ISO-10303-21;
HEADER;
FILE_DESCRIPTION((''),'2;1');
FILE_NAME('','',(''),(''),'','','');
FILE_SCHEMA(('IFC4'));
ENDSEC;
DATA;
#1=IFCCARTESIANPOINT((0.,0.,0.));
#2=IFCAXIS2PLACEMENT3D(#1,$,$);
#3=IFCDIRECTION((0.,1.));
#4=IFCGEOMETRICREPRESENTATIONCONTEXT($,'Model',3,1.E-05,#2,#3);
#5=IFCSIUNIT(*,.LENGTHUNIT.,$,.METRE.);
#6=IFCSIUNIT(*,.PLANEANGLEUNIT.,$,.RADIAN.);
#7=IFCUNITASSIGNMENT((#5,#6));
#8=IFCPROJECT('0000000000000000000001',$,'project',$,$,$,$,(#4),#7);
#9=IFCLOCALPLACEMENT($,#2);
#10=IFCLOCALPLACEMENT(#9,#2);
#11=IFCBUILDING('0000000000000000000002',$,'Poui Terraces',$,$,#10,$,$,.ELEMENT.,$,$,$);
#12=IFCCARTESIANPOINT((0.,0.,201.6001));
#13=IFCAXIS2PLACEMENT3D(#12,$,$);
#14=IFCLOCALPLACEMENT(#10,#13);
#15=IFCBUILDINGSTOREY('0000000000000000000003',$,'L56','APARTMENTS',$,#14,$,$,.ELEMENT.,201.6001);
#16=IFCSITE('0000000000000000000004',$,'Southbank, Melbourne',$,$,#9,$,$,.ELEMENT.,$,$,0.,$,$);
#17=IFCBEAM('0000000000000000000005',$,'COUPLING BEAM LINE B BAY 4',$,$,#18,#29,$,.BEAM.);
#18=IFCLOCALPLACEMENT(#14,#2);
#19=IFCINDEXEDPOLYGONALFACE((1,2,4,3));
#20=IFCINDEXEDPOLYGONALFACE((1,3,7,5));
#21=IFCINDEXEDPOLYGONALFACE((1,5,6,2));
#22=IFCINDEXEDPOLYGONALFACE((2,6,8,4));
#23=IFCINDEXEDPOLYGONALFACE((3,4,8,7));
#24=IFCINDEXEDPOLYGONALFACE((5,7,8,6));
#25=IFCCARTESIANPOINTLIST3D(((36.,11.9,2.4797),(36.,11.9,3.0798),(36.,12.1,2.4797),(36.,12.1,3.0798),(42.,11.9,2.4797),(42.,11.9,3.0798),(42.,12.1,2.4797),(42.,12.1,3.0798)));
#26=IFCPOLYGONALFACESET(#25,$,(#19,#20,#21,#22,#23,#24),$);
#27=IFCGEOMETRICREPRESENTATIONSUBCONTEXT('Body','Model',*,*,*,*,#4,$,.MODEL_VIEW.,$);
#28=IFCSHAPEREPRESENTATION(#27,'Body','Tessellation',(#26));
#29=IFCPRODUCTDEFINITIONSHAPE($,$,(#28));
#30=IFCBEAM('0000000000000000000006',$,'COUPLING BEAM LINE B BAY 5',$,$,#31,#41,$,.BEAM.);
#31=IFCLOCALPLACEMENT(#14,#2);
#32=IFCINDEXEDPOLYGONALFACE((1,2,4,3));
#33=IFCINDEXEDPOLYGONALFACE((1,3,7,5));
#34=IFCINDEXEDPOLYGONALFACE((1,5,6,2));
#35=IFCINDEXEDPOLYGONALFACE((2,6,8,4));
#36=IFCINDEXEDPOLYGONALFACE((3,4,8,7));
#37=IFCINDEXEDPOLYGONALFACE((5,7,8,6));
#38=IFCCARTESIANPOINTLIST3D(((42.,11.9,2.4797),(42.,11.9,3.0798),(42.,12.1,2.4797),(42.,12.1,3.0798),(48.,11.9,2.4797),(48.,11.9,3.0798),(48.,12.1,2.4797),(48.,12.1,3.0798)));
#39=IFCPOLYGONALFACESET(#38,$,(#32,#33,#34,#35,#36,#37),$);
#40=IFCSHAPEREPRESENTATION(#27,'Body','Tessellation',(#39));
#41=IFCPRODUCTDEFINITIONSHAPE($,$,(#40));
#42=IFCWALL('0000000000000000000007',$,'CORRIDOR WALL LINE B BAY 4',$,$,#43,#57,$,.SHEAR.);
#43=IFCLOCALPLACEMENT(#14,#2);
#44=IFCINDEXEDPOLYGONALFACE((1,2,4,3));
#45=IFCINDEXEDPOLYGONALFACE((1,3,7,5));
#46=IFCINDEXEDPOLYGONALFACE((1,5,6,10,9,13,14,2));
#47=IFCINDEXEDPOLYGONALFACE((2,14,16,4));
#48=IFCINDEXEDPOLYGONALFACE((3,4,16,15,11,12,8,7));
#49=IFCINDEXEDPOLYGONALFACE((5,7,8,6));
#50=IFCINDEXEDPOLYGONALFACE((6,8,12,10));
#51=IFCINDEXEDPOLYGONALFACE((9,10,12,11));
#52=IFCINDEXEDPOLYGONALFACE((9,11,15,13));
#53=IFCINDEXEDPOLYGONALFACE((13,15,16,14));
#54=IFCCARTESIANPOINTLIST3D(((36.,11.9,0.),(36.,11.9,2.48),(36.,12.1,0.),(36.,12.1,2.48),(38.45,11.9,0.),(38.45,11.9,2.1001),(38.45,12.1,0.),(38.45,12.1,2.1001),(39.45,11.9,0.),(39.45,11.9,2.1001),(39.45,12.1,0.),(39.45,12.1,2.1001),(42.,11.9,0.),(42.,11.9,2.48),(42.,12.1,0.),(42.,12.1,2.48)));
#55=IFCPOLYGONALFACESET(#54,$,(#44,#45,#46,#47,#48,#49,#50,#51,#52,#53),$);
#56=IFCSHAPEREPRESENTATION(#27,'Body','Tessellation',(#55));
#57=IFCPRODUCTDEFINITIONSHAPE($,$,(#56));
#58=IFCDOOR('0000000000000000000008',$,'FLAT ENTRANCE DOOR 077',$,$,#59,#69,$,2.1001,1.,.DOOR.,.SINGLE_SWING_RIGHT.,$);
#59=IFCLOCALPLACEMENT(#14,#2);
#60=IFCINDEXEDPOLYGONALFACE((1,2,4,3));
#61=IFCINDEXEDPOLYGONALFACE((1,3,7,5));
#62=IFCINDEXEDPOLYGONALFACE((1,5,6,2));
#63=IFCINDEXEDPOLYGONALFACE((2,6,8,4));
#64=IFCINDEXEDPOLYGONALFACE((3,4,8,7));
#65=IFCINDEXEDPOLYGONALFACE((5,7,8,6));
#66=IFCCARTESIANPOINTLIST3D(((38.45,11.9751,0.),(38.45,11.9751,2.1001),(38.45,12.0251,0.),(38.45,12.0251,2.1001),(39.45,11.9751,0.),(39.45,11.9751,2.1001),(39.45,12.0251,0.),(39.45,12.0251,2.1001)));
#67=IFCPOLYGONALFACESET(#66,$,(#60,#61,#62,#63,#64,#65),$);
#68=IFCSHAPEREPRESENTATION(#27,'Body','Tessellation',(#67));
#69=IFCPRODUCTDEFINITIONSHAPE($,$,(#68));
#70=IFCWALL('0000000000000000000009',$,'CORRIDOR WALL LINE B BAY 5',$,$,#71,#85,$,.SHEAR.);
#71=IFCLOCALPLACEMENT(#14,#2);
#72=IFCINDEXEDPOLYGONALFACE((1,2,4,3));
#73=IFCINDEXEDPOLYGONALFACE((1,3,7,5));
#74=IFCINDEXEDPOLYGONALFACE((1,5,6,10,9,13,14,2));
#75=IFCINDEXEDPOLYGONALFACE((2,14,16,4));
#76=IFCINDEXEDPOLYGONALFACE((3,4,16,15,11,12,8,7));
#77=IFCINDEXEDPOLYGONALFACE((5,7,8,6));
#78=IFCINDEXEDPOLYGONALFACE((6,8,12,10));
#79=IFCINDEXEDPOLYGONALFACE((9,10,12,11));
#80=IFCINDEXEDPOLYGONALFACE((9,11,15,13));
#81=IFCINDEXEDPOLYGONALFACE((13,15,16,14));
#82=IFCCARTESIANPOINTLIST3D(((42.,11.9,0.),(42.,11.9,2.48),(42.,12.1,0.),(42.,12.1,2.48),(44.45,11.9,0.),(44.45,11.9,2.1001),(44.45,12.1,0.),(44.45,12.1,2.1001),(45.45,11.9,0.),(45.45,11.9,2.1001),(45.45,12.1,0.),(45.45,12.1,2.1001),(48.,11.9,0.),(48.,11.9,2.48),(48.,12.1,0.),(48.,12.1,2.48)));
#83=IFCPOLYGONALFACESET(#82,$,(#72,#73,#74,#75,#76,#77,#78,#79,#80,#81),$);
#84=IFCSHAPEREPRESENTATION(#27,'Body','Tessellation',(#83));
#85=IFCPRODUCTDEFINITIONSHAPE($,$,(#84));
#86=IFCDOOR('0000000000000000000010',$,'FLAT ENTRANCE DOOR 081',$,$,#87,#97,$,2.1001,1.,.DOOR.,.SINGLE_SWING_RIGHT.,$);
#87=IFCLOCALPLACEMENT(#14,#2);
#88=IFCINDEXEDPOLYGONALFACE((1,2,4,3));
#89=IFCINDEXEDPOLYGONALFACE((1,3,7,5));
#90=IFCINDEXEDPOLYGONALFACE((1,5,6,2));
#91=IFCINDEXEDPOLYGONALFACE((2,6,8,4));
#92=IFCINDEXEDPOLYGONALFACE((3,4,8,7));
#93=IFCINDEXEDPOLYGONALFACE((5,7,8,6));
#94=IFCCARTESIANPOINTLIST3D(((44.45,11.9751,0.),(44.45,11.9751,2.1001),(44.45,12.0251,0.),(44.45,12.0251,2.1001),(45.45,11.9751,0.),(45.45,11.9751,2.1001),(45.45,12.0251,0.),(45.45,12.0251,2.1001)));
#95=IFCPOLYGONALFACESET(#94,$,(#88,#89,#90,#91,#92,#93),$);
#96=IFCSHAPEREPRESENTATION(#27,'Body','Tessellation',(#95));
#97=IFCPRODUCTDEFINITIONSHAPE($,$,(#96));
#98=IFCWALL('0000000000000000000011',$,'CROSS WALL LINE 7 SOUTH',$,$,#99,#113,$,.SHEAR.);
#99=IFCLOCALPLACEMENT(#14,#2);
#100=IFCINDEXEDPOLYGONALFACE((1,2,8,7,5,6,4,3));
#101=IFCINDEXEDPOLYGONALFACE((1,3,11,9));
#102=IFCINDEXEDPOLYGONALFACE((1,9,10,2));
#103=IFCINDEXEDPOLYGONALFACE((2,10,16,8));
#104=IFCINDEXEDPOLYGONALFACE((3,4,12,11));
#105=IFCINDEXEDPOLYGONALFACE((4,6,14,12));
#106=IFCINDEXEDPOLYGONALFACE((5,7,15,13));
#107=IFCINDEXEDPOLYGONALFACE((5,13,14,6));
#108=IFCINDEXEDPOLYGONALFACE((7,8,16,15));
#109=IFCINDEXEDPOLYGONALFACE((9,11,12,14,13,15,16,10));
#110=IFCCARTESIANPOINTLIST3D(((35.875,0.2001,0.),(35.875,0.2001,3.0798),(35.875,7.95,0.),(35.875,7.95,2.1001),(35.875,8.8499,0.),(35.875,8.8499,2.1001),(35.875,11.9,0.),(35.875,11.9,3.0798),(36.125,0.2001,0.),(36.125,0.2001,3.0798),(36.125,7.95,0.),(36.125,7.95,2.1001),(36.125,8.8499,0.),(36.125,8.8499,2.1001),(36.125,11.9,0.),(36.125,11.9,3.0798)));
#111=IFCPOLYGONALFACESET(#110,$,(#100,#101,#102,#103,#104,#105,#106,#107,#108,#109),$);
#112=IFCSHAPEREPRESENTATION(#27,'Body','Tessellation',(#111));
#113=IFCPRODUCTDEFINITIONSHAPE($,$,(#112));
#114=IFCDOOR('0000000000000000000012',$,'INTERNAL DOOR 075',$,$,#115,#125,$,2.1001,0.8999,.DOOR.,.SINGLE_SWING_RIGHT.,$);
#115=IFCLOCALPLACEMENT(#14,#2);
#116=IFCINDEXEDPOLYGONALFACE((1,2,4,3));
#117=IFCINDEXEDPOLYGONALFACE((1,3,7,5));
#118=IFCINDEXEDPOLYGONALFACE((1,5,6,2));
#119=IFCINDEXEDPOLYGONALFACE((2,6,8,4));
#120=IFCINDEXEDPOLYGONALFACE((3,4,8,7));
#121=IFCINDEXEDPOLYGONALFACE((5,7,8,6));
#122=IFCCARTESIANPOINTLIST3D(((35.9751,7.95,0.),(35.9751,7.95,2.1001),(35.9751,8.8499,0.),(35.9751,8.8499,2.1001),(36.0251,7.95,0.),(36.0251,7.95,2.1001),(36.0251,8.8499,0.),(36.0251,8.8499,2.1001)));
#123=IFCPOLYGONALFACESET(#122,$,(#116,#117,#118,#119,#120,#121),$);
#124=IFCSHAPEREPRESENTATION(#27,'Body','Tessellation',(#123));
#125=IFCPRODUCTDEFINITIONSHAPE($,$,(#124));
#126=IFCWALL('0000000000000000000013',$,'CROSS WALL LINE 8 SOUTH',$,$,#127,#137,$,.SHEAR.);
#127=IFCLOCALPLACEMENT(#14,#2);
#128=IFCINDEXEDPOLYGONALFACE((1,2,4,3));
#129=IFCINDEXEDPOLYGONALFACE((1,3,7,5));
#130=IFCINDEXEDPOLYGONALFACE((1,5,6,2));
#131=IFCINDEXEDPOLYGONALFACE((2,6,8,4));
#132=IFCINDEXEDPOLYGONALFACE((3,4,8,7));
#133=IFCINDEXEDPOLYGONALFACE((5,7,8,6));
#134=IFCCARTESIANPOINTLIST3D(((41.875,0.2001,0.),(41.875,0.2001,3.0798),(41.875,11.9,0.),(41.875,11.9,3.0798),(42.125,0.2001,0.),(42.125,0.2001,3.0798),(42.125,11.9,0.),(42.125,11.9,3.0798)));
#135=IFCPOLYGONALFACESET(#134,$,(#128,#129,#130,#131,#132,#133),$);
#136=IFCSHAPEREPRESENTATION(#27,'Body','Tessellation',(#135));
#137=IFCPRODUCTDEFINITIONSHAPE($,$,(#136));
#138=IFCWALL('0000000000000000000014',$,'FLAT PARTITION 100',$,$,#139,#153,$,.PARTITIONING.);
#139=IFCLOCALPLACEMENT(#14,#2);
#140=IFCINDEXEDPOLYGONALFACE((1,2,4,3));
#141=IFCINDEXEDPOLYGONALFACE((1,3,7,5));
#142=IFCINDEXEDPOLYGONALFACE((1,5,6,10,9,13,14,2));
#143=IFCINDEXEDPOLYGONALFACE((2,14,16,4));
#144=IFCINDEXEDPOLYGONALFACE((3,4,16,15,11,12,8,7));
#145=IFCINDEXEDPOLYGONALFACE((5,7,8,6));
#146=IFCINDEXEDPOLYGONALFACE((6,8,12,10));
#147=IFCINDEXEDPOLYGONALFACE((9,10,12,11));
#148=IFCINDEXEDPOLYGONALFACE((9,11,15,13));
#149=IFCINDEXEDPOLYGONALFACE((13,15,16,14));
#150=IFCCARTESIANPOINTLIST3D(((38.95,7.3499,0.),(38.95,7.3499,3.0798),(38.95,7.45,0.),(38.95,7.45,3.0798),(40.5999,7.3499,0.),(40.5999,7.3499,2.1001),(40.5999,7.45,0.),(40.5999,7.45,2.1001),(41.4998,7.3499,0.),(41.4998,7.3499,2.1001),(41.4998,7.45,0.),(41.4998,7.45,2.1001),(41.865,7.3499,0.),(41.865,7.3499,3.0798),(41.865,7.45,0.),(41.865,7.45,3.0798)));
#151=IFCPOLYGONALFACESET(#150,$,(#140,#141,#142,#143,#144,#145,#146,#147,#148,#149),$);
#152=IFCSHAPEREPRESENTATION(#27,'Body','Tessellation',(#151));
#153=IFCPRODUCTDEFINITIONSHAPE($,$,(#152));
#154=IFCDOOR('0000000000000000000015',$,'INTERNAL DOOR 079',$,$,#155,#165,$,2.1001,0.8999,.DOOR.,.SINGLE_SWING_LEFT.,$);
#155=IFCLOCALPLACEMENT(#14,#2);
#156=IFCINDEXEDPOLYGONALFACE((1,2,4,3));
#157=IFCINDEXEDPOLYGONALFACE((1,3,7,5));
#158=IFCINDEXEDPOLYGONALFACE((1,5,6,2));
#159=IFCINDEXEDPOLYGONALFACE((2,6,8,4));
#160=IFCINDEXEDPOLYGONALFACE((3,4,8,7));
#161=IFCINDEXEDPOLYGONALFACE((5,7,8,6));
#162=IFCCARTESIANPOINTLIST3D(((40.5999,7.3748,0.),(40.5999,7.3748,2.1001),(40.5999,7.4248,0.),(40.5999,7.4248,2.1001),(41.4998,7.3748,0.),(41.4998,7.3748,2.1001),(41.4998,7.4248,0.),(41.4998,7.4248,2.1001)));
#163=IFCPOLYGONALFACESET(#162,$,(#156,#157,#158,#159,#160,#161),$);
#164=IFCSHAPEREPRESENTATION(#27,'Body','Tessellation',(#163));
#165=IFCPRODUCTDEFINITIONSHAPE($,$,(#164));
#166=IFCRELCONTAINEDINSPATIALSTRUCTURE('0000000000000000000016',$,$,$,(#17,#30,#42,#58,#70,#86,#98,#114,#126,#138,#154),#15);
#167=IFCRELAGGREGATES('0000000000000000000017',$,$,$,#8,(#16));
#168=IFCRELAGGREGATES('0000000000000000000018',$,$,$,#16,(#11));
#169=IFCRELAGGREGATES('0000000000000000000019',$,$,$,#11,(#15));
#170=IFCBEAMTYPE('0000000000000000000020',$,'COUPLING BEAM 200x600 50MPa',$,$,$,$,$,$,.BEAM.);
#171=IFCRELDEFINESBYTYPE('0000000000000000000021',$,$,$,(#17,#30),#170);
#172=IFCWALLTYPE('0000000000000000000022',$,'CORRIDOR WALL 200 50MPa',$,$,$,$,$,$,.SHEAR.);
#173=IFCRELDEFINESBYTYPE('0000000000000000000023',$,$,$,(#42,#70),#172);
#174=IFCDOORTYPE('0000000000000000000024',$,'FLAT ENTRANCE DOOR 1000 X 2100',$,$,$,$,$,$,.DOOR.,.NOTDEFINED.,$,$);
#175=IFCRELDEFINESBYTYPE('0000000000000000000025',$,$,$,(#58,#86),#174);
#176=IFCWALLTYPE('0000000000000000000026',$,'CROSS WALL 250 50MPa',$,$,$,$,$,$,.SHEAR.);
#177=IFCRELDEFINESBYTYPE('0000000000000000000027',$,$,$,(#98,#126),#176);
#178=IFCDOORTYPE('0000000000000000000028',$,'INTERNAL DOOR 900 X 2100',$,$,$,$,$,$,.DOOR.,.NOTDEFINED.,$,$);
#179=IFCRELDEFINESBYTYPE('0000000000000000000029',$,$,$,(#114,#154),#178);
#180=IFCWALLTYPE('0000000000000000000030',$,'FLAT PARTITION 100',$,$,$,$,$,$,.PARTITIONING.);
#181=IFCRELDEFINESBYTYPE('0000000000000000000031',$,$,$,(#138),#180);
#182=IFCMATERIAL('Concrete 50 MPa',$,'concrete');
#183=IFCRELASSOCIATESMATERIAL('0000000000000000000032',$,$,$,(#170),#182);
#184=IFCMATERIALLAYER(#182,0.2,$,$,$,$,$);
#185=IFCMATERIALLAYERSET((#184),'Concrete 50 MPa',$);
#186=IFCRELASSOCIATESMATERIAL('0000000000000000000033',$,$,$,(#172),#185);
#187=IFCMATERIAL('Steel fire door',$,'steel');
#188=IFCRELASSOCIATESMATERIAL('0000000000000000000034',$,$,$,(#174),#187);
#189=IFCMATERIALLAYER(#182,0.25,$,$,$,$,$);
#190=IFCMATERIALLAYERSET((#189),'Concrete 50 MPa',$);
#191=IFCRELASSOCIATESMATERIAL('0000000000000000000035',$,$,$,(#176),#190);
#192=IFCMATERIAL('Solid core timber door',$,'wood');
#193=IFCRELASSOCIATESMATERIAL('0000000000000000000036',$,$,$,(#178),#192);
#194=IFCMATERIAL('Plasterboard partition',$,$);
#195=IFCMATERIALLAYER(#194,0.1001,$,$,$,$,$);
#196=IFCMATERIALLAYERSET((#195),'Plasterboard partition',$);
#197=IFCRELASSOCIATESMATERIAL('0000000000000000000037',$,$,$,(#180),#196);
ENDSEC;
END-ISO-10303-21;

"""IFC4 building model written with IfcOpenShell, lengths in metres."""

from ifc_helpers import new_model, si_unit, direction, frame, frame_2d, origin, origin_2d, place, context, subcontext, project, spatial, rectangle, extrude, source, transform, mapped, material, layer, layer_set, material_profile, profile_set, type_object, element, fill, save


model = new_model("IFC4")

# Units and contexts
model_context = context("Model", 3, precision=1e-05, world=origin(), true_north=direction((0.0, 1.0)))
body_context = subcontext(model_context, "Body", "Model", "MODEL_VIEW")
ifc_project = project(units=[si_unit("LENGTHUNIT", "METRE"), si_unit("PLANEANGLEUNIT", "RADIAN")], contexts=[model_context])

# Site, building, storey
site_placement = place(None, origin())
site = spatial("IfcSite", under=ifc_project, at=site_placement, Name="Southbank, Melbourne", CompositionType="ELEMENT", RefElevation=0.0)
building_placement = place(site_placement, origin())
building = spatial("IfcBuilding", under=site, at=building_placement, Name="Poui Terraces", CompositionType="ELEMENT")
storey_placement = place(building_placement, frame((0.0, 0.0, 201.6001)))
storey = spatial("IfcBuildingStorey", under=building, at=storey_placement, Name="L56", Description="APARTMENTS", CompositionType="ELEMENT", Elevation=201.6001)

# Beams
ifc_material_1 = material(Name="Concrete 50 MPa", Category="concrete")
ifc_material_profile_1 = material_profile(ifc_material_1, rectangle(XDim=0.2, YDim=0.6001, at=origin_2d()), Name="RC 200x600")
ifc_profile_set_1 = profile_set([ifc_material_profile_1], Name="Concrete 50 MPa")
beam_type = type_object("IfcBeamType", Name="COUPLING BEAM 200x600 50MPa", PredefinedType="BEAM", material=ifc_profile_set_1)
shared_shape_1 = source(origin(), body_context, "Body", "SweptSolid", [
    extrude(rectangle(XDim=0.2, YDim=0.6001, at=origin_2d()), origin(), (0.0, 0.0, 1.0), 6.0),
])
for number, where, z_axis, x_axis, name in (
    (1, (36.0, 12.0, 2.7798), (1.0, 0.0, 0.0), (0.0, 1.0, 0.0), "COUPLING BEAM LINE B BAY 4"),
    (2, (42.0, 12.0, 2.7798), (1.0, 0.0, 0.0), (0.0, 1.0, 0.0), "COUPLING BEAM LINE B BAY 5"),
):
    element("IfcBeam", number, at=place(storey_placement, frame(where, z_axis=z_axis, x_axis=x_axis)), inside=storey, type_object=beam_type, Name=name, PredefinedType="BEAM", context=body_context, shape_type="MappedRepresentation", body=[
        mapped(shared_shape_1, transform((0.0, 0.0, 0.0))),
    ])

# Walls, openings, doors
ifc_layer_1 = layer(ifc_material_1, 0.2)
ifc_layer_set_1 = layer_set([ifc_layer_1], Name="Concrete 50 MPa")
wall_type_1 = type_object("IfcWallType", Name="CORRIDOR WALL 200 50MPa", PredefinedType="SHEAR", material=ifc_layer_set_1)
wall_1_placement = place(storey_placement, frame((36.0, 12.0, 0.0), z_axis=(0.0, 0.0, 1.0), x_axis=(1.0, 0.0, 0.0)))
wall_1 = element("IfcWall", 3, at=wall_1_placement, inside=storey, type_object=wall_type_1, Name="CORRIDOR WALL LINE B BAY 4", PredefinedType="SHEAR", context=body_context, shape_type="SweptSolid", body=[
    extrude(rectangle(XDim=6.0, YDim=0.2, at=frame_2d((3.0, 0.0))), origin(), (0.0, 0.0, 1.0), 2.48),
])
opening_1_placement = place(wall_1_placement, frame((2.45, 0.0, 0.0)))
opening_1 = element("IfcOpeningElement", 4, at=opening_1_placement, cuts=wall_1, PredefinedType="OPENING", context=body_context, shape_type="SweptSolid", body=[
    extrude(rectangle(XDim=1.0, YDim=2.1001, at=frame_2d((0.5, 1.05))), frame((0.0, 0.1099, 0.0), z_axis=(0.0, -1.0, 0.0), x_axis=(1.0, 0.0, 0.0)), (0.0, 0.0, 1.0), 0.22),
])
ifc_material_2 = material(Name="Steel fire door", Category="steel")
door_type_1 = type_object("IfcDoorType", Name="FLAT ENTRANCE DOOR 1000 X 2100", OperationType="NOTDEFINED", PredefinedType="DOOR", material=ifc_material_2)
door_1_placement = place(opening_1_placement, frame((1.0, 0.0, 0.0), z_axis=(0.0, 0.0, 1.0), x_axis=(-1.0, 0.0, 0.0)))
door_1 = element("IfcDoor", 5, at=door_1_placement, inside=storey, type_object=door_type_1, Name="FLAT ENTRANCE DOOR 077", OperationType="SINGLE_SWING_RIGHT", OverallHeight=2.1001, OverallWidth=1.0, PredefinedType="DOOR", context=body_context, shape_type="SweptSolid", body=[
    extrude(rectangle(XDim=1.0, YDim=2.1001, at=frame_2d((0.5, 1.05))), frame((0.0, 0.0249, 0.0), z_axis=(0.0, -1.0, 0.0), x_axis=(1.0, 0.0, 0.0)), (0.0, 0.0, 1.0), 0.05),
])
fill(opening_1, door_1)
wall_2_placement = place(storey_placement, frame((42.0, 12.0, 0.0), z_axis=(0.0, 0.0, 1.0), x_axis=(1.0, 0.0, 0.0)))
wall_2 = element("IfcWall", 6, at=wall_2_placement, inside=storey, type_object=wall_type_1, Name="CORRIDOR WALL LINE B BAY 5", PredefinedType="SHEAR", context=body_context, shape_type="SweptSolid", body=[
    extrude(rectangle(XDim=6.0, YDim=0.2, at=frame_2d((3.0, 0.0))), origin(), (0.0, 0.0, 1.0), 2.48),
])
opening_2_placement = place(wall_2_placement, frame((2.45, 0.0, 0.0)))
opening_2 = element("IfcOpeningElement", 7, at=opening_2_placement, cuts=wall_2, PredefinedType="OPENING", context=body_context, shape_type="SweptSolid", body=[
    extrude(rectangle(XDim=1.0, YDim=2.1001, at=frame_2d((0.5, 1.05))), frame((0.0, 0.1099, 0.0), z_axis=(0.0, -1.0, 0.0), x_axis=(1.0, 0.0, 0.0)), (0.0, 0.0, 1.0), 0.22),
])
door_2_placement = place(opening_2_placement, frame((1.0, 0.0, 0.0), z_axis=(0.0, 0.0, 1.0), x_axis=(-1.0, 0.0, 0.0)))
door_2 = element("IfcDoor", 8, at=door_2_placement, inside=storey, type_object=door_type_1, Name="FLAT ENTRANCE DOOR 081", OperationType="SINGLE_SWING_RIGHT", OverallHeight=2.1001, OverallWidth=1.0, PredefinedType="DOOR", context=body_context, shape_type="SweptSolid", body=[
    extrude(rectangle(XDim=1.0, YDim=2.1001, at=frame_2d((0.5, 1.05))), frame((0.0, 0.0249, 0.0), z_axis=(0.0, -1.0, 0.0), x_axis=(1.0, 0.0, 0.0)), (0.0, 0.0, 1.0), 0.05),
])
fill(opening_2, door_2)
ifc_layer_2 = layer(ifc_material_1, 0.25)
ifc_layer_set_2 = layer_set([ifc_layer_2], Name="Concrete 50 MPa")
wall_type_2 = type_object("IfcWallType", Name="CROSS WALL 250 50MPa", PredefinedType="SHEAR", material=ifc_layer_set_2)
wall_3_placement = place(storey_placement, frame((36.0, 0.2, 0.0), z_axis=(0.0, 0.0, 1.0), x_axis=(0.0, 1.0, 0.0)))
wall_3 = element("IfcWall", 9, at=wall_3_placement, inside=storey, type_object=wall_type_2, Name="CROSS WALL LINE 7 SOUTH", PredefinedType="SHEAR", context=body_context, shape_type="SweptSolid", body=[
    extrude(rectangle(XDim=11.7, YDim=0.25, at=frame_2d((5.8501, 0.0))), origin(), (0.0, 0.0, 1.0), 3.0798),
])
opening_3_placement = place(wall_3_placement, frame((7.75, 0.0, 0.0)))
opening_3 = element("IfcOpeningElement", 10, at=opening_3_placement, cuts=wall_3, PredefinedType="OPENING", context=body_context, shape_type="SweptSolid", body=[
    extrude(rectangle(XDim=0.8999, YDim=2.1001, at=frame_2d((0.45, 1.05))), frame((0.0, 0.135, 0.0), z_axis=(0.0, -1.0, 0.0), x_axis=(1.0, 0.0, 0.0)), (0.0, 0.0, 1.0), 0.27),
])
ifc_material_3 = material(Name="Solid core timber door", Category="wood")
door_type_2 = type_object("IfcDoorType", Name="INTERNAL DOOR 900 X 2100", OperationType="NOTDEFINED", PredefinedType="DOOR", material=ifc_material_3)
door_3_placement = place(opening_3_placement, origin())
door_3 = element("IfcDoor", 11, at=door_3_placement, inside=storey, type_object=door_type_2, Name="INTERNAL DOOR 075", OperationType="SINGLE_SWING_RIGHT", OverallHeight=2.1001, OverallWidth=0.8999, PredefinedType="DOOR", context=body_context, shape_type="SweptSolid", body=[
    extrude(rectangle(XDim=0.8999, YDim=2.1001, at=frame_2d((0.45, 1.05))), frame((0.0, 0.0249, 0.0), z_axis=(0.0, -1.0, 0.0), x_axis=(1.0, 0.0, 0.0)), (0.0, 0.0, 1.0), 0.05),
])
fill(opening_3, door_3)

# Wall
wall_4_placement = place(storey_placement, frame((42.0, 0.2, 0.0), z_axis=(0.0, 0.0, 1.0), x_axis=(0.0, 1.0, 0.0)))
element("IfcWall", 12, at=wall_4_placement, inside=storey, type_object=wall_type_2, Name="CROSS WALL LINE 8 SOUTH", PredefinedType="SHEAR", context=body_context, shape_type="SweptSolid", body=[
    extrude(rectangle(XDim=11.7, YDim=0.25, at=frame_2d((5.8501, 0.0))), origin(), (0.0, 0.0, 1.0), 3.0798),
])

# Wall, opening, door
ifc_material_4 = material(Name="Plasterboard partition")
ifc_layer_3 = layer(ifc_material_4, 0.1001)
ifc_layer_set_3 = layer_set([ifc_layer_3], Name="Plasterboard partition")
wall_type_3 = type_object("IfcWallType", Name="FLAT PARTITION 100", PredefinedType="PARTITIONING", material=ifc_layer_set_3)
wall_5_placement = place(storey_placement, frame((38.95, 7.3999, 0.0), z_axis=(0.0, 0.0, 1.0), x_axis=(1.0, 0.0, 0.0)))
wall_5 = element("IfcWall", 13, at=wall_5_placement, inside=storey, type_object=wall_type_3, Name="FLAT PARTITION 100", PredefinedType="PARTITIONING", context=body_context, shape_type="SweptSolid", body=[
    extrude(rectangle(XDim=2.915, YDim=0.1001, at=frame_2d((1.4575, 0.0))), origin(), (0.0, 0.0, 1.0), 3.0798),
])
opening_4_placement = place(wall_5_placement, frame((1.6499, 0.0, 0.0)))
opening_4 = element("IfcOpeningElement", 14, at=opening_4_placement, cuts=wall_5, PredefinedType="OPENING", context=body_context, shape_type="SweptSolid", body=[
    extrude(rectangle(XDim=0.8999, YDim=2.1001, at=frame_2d((0.45, 1.05))), frame((0.0, 0.0601, 0.0), z_axis=(0.0, -1.0, 0.0), x_axis=(1.0, 0.0, 0.0)), (0.0, 0.0, 1.0), 0.1201),
])
door_4_placement = place(opening_4_placement, origin())
door_4 = element("IfcDoor", 15, at=door_4_placement, inside=storey, type_object=door_type_2, Name="INTERNAL DOOR 079", OperationType="SINGLE_SWING_LEFT", OverallHeight=2.1001, OverallWidth=0.8999, PredefinedType="DOOR", context=body_context, shape_type="SweptSolid", body=[
    extrude(rectangle(XDim=0.8999, YDim=2.1001, at=frame_2d((0.45, 1.05))), frame((0.0, 0.0249, 0.0), z_axis=(0.0, -1.0, 0.0), x_axis=(1.0, 0.0, 0.0)), (0.0, 0.0, 1.0), 0.05),
])
fill(opening_4, door_4)

save(model, "model.ifc")
